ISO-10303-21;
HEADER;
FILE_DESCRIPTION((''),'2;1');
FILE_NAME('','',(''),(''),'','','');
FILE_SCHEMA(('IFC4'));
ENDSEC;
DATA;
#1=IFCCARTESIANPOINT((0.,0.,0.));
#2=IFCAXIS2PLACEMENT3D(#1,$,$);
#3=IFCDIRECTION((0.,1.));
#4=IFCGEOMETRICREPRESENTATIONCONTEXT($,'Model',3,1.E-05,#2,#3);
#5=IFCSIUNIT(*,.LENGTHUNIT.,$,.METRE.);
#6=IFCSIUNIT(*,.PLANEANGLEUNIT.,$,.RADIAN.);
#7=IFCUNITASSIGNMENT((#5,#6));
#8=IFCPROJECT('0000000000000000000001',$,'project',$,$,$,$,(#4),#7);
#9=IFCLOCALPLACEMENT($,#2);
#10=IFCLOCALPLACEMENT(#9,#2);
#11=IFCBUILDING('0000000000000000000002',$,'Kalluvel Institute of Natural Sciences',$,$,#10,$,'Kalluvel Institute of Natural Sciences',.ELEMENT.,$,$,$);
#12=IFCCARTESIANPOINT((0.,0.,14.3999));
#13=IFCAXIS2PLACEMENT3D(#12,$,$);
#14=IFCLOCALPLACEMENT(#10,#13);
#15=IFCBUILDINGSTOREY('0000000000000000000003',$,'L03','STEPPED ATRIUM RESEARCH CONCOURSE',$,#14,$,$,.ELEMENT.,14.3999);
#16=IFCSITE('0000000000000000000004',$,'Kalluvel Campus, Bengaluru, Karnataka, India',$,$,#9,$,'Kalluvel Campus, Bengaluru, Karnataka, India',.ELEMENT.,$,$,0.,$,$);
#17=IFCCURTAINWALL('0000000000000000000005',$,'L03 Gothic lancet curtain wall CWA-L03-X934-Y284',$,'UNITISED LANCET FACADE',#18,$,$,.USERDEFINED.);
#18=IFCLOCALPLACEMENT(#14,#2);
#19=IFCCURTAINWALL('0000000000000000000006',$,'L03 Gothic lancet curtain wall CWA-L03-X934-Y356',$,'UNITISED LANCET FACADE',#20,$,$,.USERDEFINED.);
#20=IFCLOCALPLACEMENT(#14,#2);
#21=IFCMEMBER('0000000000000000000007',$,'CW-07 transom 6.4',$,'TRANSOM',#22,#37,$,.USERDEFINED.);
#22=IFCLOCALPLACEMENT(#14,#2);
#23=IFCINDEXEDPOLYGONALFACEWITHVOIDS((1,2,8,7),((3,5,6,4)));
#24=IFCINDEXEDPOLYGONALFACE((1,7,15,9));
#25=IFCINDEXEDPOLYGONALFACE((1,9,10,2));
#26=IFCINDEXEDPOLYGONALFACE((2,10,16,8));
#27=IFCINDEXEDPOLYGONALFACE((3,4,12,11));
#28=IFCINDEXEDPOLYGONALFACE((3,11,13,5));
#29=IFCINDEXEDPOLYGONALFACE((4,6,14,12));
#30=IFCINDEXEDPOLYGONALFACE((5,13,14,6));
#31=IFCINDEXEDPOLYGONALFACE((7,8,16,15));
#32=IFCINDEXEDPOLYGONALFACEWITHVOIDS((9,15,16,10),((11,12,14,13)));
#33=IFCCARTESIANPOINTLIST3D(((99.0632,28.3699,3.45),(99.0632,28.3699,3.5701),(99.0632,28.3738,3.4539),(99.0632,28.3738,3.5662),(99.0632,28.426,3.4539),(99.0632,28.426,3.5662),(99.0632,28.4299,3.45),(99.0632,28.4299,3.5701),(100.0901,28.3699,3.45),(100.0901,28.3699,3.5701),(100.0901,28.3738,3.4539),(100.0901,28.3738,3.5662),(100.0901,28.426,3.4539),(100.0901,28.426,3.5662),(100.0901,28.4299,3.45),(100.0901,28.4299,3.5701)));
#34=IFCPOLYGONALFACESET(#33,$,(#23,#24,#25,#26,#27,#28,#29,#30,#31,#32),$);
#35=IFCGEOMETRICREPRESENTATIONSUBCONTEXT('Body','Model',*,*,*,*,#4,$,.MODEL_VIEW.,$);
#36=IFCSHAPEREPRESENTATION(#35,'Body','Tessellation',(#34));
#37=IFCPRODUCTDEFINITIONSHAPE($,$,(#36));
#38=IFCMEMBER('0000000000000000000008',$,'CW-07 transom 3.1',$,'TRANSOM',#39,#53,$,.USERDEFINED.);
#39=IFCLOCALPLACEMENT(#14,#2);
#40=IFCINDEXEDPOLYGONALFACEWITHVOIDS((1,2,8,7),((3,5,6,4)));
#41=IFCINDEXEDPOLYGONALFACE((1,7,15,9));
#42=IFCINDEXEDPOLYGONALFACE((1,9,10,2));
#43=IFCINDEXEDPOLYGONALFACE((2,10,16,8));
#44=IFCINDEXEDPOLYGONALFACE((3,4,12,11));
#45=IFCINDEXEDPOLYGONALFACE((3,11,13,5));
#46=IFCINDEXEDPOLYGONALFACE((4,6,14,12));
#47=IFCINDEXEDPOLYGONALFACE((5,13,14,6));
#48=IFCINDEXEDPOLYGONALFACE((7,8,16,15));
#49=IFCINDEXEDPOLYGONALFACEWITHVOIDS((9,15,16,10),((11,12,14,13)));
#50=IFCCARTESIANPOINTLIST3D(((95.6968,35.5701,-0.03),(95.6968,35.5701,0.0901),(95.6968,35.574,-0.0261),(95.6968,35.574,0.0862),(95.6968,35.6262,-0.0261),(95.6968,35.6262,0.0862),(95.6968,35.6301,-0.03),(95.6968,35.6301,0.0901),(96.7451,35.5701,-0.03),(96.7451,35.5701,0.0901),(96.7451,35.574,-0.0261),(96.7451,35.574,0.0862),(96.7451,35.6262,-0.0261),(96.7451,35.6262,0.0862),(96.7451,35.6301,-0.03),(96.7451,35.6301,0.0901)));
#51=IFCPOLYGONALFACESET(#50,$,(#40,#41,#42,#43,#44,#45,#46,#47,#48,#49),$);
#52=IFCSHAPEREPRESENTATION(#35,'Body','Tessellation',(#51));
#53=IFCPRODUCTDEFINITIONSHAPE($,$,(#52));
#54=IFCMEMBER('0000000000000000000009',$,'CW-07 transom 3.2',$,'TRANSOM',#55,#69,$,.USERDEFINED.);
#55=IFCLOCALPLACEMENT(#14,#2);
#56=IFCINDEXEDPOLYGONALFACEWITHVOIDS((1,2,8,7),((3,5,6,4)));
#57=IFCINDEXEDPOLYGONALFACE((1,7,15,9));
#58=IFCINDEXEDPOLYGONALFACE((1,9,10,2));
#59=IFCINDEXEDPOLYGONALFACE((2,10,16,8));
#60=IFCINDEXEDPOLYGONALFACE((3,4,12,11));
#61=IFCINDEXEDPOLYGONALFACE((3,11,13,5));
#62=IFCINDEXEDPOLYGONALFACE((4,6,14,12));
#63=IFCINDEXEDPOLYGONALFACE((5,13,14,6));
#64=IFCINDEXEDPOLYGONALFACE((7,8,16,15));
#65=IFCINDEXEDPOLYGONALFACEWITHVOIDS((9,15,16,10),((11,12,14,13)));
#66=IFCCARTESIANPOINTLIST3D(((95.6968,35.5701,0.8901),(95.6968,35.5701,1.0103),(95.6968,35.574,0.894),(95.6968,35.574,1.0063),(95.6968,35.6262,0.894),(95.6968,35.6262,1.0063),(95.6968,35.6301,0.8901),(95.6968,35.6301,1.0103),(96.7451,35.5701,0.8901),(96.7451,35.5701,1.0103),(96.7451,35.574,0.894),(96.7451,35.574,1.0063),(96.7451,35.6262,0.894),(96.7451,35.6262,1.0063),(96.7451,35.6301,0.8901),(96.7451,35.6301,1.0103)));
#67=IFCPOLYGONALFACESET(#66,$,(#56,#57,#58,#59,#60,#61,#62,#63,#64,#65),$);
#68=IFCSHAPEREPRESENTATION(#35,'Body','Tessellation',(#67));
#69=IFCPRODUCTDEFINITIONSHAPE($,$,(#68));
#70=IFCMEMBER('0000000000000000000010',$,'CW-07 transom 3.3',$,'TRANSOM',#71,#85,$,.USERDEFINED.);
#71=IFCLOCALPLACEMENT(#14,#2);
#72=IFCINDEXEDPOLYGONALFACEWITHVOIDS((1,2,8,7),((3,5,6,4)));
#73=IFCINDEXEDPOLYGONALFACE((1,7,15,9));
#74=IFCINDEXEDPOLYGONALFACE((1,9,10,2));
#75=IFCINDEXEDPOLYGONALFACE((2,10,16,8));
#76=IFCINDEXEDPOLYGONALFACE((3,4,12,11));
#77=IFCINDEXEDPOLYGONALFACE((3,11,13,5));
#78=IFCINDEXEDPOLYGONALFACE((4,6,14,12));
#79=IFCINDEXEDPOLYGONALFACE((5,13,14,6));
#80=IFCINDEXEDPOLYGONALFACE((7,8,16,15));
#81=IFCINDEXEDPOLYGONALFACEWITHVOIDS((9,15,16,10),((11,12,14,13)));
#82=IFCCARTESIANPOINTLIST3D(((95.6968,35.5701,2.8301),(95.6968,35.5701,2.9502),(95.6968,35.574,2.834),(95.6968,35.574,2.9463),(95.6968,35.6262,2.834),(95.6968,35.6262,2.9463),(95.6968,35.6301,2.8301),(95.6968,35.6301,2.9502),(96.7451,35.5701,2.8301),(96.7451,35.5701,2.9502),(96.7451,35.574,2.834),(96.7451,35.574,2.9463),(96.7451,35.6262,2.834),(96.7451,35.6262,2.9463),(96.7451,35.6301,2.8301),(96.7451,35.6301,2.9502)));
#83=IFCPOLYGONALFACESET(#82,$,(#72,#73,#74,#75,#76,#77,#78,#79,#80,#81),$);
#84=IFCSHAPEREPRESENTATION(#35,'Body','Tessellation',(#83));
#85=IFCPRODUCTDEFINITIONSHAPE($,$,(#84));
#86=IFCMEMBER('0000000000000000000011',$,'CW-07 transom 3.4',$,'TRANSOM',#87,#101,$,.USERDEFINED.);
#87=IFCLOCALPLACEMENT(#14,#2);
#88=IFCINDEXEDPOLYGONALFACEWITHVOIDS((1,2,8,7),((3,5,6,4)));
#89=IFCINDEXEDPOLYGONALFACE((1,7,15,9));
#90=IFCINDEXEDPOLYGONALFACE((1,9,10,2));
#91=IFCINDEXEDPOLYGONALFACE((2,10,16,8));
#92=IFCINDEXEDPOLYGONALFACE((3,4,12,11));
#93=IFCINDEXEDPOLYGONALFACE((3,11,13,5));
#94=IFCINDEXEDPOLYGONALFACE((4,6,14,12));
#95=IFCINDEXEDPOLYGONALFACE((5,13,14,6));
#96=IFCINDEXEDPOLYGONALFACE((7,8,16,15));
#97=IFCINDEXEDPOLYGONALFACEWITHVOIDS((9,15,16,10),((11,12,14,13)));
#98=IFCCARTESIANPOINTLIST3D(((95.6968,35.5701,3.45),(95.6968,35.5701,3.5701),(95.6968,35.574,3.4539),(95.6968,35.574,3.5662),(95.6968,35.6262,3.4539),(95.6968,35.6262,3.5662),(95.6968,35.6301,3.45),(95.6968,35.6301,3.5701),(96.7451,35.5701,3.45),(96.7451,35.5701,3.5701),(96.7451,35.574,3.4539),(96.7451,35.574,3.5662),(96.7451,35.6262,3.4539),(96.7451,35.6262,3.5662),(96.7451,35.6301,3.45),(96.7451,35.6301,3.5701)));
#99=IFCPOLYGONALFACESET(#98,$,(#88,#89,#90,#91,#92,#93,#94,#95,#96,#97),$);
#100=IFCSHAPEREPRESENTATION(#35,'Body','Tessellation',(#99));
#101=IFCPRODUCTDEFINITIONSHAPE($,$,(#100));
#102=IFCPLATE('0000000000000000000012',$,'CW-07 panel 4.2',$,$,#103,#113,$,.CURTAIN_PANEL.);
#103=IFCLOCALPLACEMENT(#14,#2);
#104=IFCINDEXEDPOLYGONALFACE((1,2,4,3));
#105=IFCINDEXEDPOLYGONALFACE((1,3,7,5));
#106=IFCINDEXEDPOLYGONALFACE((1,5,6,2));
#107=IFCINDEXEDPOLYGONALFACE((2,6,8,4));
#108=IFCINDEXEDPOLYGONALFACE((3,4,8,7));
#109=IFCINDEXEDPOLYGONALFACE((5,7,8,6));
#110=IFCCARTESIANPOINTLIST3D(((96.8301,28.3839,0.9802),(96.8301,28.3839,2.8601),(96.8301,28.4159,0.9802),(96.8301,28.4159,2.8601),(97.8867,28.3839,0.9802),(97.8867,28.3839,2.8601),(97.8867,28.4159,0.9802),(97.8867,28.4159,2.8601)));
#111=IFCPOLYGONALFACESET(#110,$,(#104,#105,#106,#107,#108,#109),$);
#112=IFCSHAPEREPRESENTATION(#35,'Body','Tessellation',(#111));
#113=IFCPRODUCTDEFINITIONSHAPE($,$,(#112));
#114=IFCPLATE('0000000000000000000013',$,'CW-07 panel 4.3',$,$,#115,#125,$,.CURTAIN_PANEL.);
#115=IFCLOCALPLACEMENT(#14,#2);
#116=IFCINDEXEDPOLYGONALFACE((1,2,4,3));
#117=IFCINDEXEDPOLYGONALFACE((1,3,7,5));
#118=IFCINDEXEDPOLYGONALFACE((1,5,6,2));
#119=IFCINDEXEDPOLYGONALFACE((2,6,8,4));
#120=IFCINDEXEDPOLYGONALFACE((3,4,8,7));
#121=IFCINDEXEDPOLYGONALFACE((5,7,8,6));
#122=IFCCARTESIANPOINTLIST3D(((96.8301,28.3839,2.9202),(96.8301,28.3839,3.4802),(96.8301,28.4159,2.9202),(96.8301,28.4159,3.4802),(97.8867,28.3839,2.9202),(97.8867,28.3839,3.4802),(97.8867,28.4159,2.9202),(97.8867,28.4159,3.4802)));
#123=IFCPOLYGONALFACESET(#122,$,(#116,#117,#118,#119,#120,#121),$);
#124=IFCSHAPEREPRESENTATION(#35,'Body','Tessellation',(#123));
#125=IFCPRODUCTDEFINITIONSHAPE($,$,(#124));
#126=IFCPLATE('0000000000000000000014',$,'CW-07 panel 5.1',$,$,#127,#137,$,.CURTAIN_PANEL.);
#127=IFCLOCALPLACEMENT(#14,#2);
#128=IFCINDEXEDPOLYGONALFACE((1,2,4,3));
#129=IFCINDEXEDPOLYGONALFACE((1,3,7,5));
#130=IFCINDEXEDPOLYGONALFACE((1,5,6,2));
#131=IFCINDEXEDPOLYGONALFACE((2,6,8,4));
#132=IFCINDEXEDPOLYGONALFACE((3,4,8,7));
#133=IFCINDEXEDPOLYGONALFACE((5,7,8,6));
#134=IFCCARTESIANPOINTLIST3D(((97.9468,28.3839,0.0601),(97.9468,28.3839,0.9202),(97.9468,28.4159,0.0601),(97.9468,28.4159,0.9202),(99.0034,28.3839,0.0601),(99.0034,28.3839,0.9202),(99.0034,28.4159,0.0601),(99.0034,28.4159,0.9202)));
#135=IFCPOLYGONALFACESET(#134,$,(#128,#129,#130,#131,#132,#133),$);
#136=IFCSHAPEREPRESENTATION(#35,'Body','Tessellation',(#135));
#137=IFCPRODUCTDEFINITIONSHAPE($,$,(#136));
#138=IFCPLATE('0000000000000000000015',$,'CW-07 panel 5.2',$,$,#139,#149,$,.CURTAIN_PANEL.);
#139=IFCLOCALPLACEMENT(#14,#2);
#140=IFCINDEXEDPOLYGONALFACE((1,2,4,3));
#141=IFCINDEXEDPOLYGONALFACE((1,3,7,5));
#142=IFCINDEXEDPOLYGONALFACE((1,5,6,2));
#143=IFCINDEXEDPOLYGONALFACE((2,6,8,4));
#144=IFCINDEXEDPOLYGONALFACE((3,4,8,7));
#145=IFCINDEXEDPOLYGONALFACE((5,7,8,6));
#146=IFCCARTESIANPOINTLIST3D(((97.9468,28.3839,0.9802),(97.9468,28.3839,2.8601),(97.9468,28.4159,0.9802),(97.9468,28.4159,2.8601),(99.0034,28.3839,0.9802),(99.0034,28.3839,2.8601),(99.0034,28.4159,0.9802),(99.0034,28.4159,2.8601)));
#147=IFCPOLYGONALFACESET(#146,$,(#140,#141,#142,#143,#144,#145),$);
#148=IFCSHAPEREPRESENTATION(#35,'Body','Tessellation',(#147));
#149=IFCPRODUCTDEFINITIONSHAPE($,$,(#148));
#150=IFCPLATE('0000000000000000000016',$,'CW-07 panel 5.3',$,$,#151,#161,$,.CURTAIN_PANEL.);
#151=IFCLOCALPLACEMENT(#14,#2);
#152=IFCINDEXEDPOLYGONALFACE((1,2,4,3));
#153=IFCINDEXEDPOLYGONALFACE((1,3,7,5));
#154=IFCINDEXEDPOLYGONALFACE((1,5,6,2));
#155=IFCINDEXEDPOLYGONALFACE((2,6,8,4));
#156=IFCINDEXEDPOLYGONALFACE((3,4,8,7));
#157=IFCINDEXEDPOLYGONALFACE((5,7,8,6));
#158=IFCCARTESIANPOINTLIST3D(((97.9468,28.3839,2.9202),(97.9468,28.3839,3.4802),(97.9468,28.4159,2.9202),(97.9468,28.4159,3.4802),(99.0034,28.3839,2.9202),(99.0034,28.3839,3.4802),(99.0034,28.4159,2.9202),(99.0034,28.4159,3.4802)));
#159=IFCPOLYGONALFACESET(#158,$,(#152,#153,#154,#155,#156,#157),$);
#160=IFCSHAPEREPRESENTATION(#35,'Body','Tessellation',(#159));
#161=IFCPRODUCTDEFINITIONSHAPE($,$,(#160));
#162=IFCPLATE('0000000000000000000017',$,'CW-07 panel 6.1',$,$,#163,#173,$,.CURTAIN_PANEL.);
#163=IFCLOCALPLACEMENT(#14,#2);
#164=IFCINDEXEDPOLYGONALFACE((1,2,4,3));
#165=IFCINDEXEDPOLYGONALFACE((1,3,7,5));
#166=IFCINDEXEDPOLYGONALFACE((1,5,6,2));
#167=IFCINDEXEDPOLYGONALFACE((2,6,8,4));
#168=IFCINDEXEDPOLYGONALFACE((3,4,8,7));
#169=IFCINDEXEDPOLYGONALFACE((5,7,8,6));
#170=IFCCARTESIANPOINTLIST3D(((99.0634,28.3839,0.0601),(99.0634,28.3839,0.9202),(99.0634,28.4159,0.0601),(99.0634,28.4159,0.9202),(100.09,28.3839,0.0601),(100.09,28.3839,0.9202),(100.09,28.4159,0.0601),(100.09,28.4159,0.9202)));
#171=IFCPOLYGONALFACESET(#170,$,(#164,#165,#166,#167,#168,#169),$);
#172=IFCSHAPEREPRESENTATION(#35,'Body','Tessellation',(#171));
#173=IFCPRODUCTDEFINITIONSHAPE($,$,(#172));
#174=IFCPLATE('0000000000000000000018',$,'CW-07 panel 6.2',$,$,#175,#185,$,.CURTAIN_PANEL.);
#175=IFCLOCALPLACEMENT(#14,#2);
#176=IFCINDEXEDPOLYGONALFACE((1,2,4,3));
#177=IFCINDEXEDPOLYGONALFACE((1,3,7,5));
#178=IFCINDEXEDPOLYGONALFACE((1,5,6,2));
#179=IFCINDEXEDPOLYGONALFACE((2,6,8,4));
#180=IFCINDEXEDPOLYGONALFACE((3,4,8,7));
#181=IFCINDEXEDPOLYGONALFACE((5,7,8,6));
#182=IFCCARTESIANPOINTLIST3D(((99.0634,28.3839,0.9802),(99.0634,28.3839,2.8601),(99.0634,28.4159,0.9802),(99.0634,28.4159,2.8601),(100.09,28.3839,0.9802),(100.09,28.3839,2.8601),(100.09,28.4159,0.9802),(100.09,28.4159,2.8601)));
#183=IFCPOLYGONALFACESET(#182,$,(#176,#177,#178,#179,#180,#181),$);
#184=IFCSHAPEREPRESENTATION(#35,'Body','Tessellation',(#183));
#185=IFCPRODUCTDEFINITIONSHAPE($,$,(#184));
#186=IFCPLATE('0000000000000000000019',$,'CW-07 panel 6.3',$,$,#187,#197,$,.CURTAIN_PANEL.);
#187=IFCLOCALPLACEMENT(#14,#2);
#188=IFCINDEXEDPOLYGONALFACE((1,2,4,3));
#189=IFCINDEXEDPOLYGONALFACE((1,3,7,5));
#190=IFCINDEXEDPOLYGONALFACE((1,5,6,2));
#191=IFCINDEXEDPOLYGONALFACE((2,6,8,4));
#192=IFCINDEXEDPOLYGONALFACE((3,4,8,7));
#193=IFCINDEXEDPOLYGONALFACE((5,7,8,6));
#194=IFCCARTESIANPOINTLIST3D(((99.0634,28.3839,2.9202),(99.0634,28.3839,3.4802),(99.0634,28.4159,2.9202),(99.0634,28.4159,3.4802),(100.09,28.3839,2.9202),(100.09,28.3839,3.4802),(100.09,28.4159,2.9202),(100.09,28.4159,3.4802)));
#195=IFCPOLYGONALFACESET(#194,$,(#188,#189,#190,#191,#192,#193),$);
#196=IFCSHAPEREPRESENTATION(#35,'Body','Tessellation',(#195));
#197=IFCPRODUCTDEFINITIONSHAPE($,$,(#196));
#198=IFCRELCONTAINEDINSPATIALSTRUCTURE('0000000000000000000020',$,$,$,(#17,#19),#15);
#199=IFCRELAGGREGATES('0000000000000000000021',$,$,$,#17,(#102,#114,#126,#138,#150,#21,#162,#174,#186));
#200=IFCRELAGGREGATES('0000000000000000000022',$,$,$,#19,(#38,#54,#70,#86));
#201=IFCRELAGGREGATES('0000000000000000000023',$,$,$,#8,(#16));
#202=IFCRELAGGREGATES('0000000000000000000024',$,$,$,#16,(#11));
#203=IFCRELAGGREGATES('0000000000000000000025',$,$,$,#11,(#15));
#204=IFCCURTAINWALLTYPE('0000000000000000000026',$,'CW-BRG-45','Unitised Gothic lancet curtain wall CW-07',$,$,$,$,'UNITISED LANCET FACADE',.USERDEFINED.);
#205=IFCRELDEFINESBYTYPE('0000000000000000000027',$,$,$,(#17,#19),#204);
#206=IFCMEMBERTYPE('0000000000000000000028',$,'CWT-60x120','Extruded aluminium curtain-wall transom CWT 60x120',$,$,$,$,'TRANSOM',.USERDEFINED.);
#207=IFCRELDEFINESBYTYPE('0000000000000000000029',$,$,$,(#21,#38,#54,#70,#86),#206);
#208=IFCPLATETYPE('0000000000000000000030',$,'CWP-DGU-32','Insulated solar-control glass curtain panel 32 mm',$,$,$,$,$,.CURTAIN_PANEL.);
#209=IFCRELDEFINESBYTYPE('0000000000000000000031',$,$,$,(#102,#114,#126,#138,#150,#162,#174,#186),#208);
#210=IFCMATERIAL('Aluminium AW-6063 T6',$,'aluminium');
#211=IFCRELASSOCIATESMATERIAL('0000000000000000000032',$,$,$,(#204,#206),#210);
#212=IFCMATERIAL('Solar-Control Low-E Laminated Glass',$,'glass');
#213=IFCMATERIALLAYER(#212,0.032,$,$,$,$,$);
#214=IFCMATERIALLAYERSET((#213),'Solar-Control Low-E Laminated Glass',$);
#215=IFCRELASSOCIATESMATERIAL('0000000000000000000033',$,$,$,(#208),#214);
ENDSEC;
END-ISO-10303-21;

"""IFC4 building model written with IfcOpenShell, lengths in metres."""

from ifc_helpers import new_model, si_unit, direction, frame, origin, origin_2d, place, context, subcontext, project, spatial, rectangle, hollow_rectangle, extrude, material, layer, layer_set, material_profile, profile_set, type_object, element, aggregate, save


model = new_model("IFC4")

# Units and contexts
model_context = context("Model", 3, precision=1e-05, world=origin(), true_north=direction((0.0, 1.0)))
body_context = subcontext(model_context, "Body", "Model", "MODEL_VIEW")
ifc_project = project(units=[si_unit("LENGTHUNIT", "METRE"), si_unit("PLANEANGLEUNIT", "RADIAN")], contexts=[model_context])

# Site, building, storey
site_placement = place(None, origin())
site = spatial("IfcSite", under=ifc_project, at=site_placement, Name="Kalluvel Campus, Bengaluru, Karnataka, India", LongName="Kalluvel Campus, Bengaluru, Karnataka, India", CompositionType="ELEMENT", RefElevation=0.0)
building_placement = place(site_placement, origin())
building = spatial("IfcBuilding", under=site, at=building_placement, Name="Kalluvel Institute of Natural Sciences", LongName="Kalluvel Institute of Natural Sciences", CompositionType="ELEMENT")
storey_placement = place(building_placement, frame((0.0, 0.0, 14.3999)))
storey = spatial("IfcBuildingStorey", under=building, at=storey_placement, Name="L03", Description="STEPPED ATRIUM RESEARCH CONCOURSE", CompositionType="ELEMENT", Elevation=14.3999)

# Curtain wall
ifc_material_1 = material(Name="Aluminium AW-6063 T6", Category="aluminium")
curtain_wall_type = type_object("IfcCurtainWallType", Name="CW-BRG-45", Description="Unitised Gothic lancet curtain wall CW-07", ElementType="UNITISED LANCET FACADE", PredefinedType="USERDEFINED", material=ifc_material_1)
curtain_wall_1_placement = place(storey_placement, origin())
curtain_wall_1 = element("IfcCurtainWall", 1, at=curtain_wall_1_placement, inside=storey, type_object=curtain_wall_type, Name="L03 Gothic lancet curtain wall CWA-L03-X934-Y284", ObjectType="UNITISED LANCET FACADE", PredefinedType="USERDEFINED")

# Curtain wall
curtain_wall_2_placement = place(storey_placement, origin())
curtain_wall_2 = element("IfcCurtainWall", 2, at=curtain_wall_2_placement, inside=storey, type_object=curtain_wall_type, Name="L03 Gothic lancet curtain wall CWA-L03-X934-Y356", ObjectType="UNITISED LANCET FACADE", PredefinedType="USERDEFINED")

# Members
ifc_material_profile_1 = material_profile(ifc_material_1, hollow_rectangle(XDim=0.0601, YDim=0.1201, WallThickness=0.0039, at=origin_2d()), Name="CWT 60x120")
ifc_profile_set_1 = profile_set([ifc_material_profile_1], Name="Aluminium AW-6063 T6")
member_type_1 = type_object("IfcMemberType", Name="CWT-60x120", Description="Extruded aluminium curtain-wall transom CWT 60x120", ElementType="TRANSOM", PredefinedType="USERDEFINED", material=ifc_profile_set_1)
member_1_placement = place(storey_placement, frame((99.0632, 28.3999, 3.51), z_axis=(1.0, 0.0, 0.0), x_axis=(0.0, 1.0, 0.0)))
member_1 = element("IfcMember", 3, at=member_1_placement, type_object=member_type_1, Name="CW-07 transom 6.4", ObjectType="TRANSOM", PredefinedType="USERDEFINED", context=body_context, shape_type="SweptSolid", body=[
    extrude(hollow_rectangle(XDim=0.0601, YDim=0.1201, WallThickness=0.0039, at=origin_2d()), origin(), (0.0, 0.0, 1.0), 1.0269),
])
member_2_placement = place(storey_placement, frame((95.6968, 35.6001, 0.03), z_axis=(1.0, 0.0, 0.0), x_axis=(0.0, 1.0, 0.0)))
member_2 = element("IfcMember", 4, at=member_2_placement, type_object=member_type_1, Name="CW-07 transom 3.1", ObjectType="TRANSOM", PredefinedType="USERDEFINED", context=body_context, shape_type="SweptSolid", body=[
    extrude(hollow_rectangle(XDim=0.0601, YDim=0.1201, WallThickness=0.0039, at=origin_2d()), origin(), (0.0, 0.0, 1.0), 1.0483),
])
member_3_placement = place(storey_placement, frame((95.6968, 35.6001, 0.9502), z_axis=(1.0, 0.0, 0.0), x_axis=(0.0, 1.0, 0.0)))
member_3 = element("IfcMember", 5, at=member_3_placement, type_object=member_type_1, Name="CW-07 transom 3.2", ObjectType="TRANSOM", PredefinedType="USERDEFINED", context=body_context, shape_type="SweptSolid", body=[
    extrude(hollow_rectangle(XDim=0.0601, YDim=0.1201, WallThickness=0.0039, at=origin_2d()), origin(), (0.0, 0.0, 1.0), 1.0483),
])
member_4_placement = place(storey_placement, frame((95.6968, 35.6001, 2.8901), z_axis=(1.0, 0.0, 0.0), x_axis=(0.0, 1.0, 0.0)))
member_4 = element("IfcMember", 6, at=member_4_placement, type_object=member_type_1, Name="CW-07 transom 3.3", ObjectType="TRANSOM", PredefinedType="USERDEFINED", context=body_context, shape_type="SweptSolid", body=[
    extrude(hollow_rectangle(XDim=0.0601, YDim=0.1201, WallThickness=0.0039, at=origin_2d()), origin(), (0.0, 0.0, 1.0), 1.0483),
])
member_5_placement = place(storey_placement, frame((95.6968, 35.6001, 3.51), z_axis=(1.0, 0.0, 0.0), x_axis=(0.0, 1.0, 0.0)))
member_5 = element("IfcMember", 7, at=member_5_placement, type_object=member_type_1, Name="CW-07 transom 3.4", ObjectType="TRANSOM", PredefinedType="USERDEFINED", context=body_context, shape_type="SweptSolid", body=[
    extrude(hollow_rectangle(XDim=0.0601, YDim=0.1201, WallThickness=0.0039, at=origin_2d()), origin(), (0.0, 0.0, 1.0), 1.0483),
])

# Plates
ifc_material_2 = material(Name="Solar-Control Low-E Laminated Glass", Category="glass")
ifc_layer = layer(ifc_material_2, 0.032)
ifc_layer_set = layer_set([ifc_layer], Name="Solar-Control Low-E Laminated Glass")
plate_type = type_object("IfcPlateType", Name="CWP-DGU-32", Description="Insulated solar-control glass curtain panel 32 mm", PredefinedType="CURTAIN_PANEL", material=ifc_layer_set)
plate_1_placement = place(storey_placement, frame((97.3584, 28.3999, 0.9802), z_axis=(0.0, 0.0, 1.0), x_axis=(1.0, 0.0, 0.0)))
plate_1 = element("IfcPlate", 8, at=plate_1_placement, type_object=plate_type, Name="CW-07 panel 4.2", PredefinedType="CURTAIN_PANEL", context=body_context, shape_type="SweptSolid", body=[
    extrude(rectangle(XDim=1.0566, YDim=0.032, at=origin_2d()), origin(), (0.0, 0.0, 1.0), 1.8799),
])
plate_2_placement = place(storey_placement, frame((97.3584, 28.3999, 2.9202), z_axis=(0.0, 0.0, 1.0), x_axis=(1.0, 0.0, 0.0)))
plate_2 = element("IfcPlate", 9, at=plate_2_placement, type_object=plate_type, Name="CW-07 panel 4.3", PredefinedType="CURTAIN_PANEL", context=body_context, shape_type="SweptSolid", body=[
    extrude(rectangle(XDim=1.0566, YDim=0.032, at=origin_2d()), origin(), (0.0, 0.0, 1.0), 0.5601),
])
plate_3_placement = place(storey_placement, frame((98.4751, 28.3999, 0.0601), z_axis=(0.0, 0.0, 1.0), x_axis=(1.0, 0.0, 0.0)))
plate_3 = element("IfcPlate", 10, at=plate_3_placement, type_object=plate_type, Name="CW-07 panel 5.1", PredefinedType="CURTAIN_PANEL", context=body_context, shape_type="SweptSolid", body=[
    extrude(rectangle(XDim=1.0566, YDim=0.032, at=origin_2d()), origin(), (0.0, 0.0, 1.0), 0.8601),
])
plate_4_placement = place(storey_placement, frame((98.4751, 28.3999, 0.9802), z_axis=(0.0, 0.0, 1.0), x_axis=(1.0, 0.0, 0.0)))
plate_4 = element("IfcPlate", 11, at=plate_4_placement, type_object=plate_type, Name="CW-07 panel 5.2", PredefinedType="CURTAIN_PANEL", context=body_context, shape_type="SweptSolid", body=[
    extrude(rectangle(XDim=1.0566, YDim=0.032, at=origin_2d()), origin(), (0.0, 0.0, 1.0), 1.8799),
])
plate_5_placement = place(storey_placement, frame((98.4751, 28.3999, 2.9202), z_axis=(0.0, 0.0, 1.0), x_axis=(1.0, 0.0, 0.0)))
plate_5 = element("IfcPlate", 12, at=plate_5_placement, type_object=plate_type, Name="CW-07 panel 5.3", PredefinedType="CURTAIN_PANEL", context=body_context, shape_type="SweptSolid", body=[
    extrude(rectangle(XDim=1.0566, YDim=0.032, at=origin_2d()), origin(), (0.0, 0.0, 1.0), 0.5601),
])
plate_6_placement = place(storey_placement, frame((99.5767, 28.3999, 0.0601), z_axis=(0.0, 0.0, 1.0), x_axis=(1.0, 0.0, 0.0)))
plate_6 = element("IfcPlate", 13, at=plate_6_placement, type_object=plate_type, Name="CW-07 panel 6.1", PredefinedType="CURTAIN_PANEL", context=body_context, shape_type="SweptSolid", body=[
    extrude(rectangle(XDim=1.0266, YDim=0.032, at=origin_2d()), origin(), (0.0, 0.0, 1.0), 0.8601),
])
plate_7_placement = place(storey_placement, frame((99.5767, 28.3999, 0.9802), z_axis=(0.0, 0.0, 1.0), x_axis=(1.0, 0.0, 0.0)))
plate_7 = element("IfcPlate", 14, at=plate_7_placement, type_object=plate_type, Name="CW-07 panel 6.2", PredefinedType="CURTAIN_PANEL", context=body_context, shape_type="SweptSolid", body=[
    extrude(rectangle(XDim=1.0266, YDim=0.032, at=origin_2d()), origin(), (0.0, 0.0, 1.0), 1.8799),
])
plate_8_placement = place(storey_placement, frame((99.5767, 28.3999, 2.9202), z_axis=(0.0, 0.0, 1.0), x_axis=(1.0, 0.0, 0.0)))
plate_8 = element("IfcPlate", 15, at=plate_8_placement, type_object=plate_type, Name="CW-07 panel 6.3", PredefinedType="CURTAIN_PANEL", context=body_context, shape_type="SweptSolid", body=[
    extrude(rectangle(XDim=1.0266, YDim=0.032, at=origin_2d()), origin(), (0.0, 0.0, 1.0), 0.5601),
])
aggregate(curtain_wall_1, [plate_1, plate_2, plate_3, plate_4, plate_5, member_1, plate_6, plate_7, plate_8])
aggregate(curtain_wall_2, [member_2, member_3, member_4, member_5])

save(model, "model.ifc")
